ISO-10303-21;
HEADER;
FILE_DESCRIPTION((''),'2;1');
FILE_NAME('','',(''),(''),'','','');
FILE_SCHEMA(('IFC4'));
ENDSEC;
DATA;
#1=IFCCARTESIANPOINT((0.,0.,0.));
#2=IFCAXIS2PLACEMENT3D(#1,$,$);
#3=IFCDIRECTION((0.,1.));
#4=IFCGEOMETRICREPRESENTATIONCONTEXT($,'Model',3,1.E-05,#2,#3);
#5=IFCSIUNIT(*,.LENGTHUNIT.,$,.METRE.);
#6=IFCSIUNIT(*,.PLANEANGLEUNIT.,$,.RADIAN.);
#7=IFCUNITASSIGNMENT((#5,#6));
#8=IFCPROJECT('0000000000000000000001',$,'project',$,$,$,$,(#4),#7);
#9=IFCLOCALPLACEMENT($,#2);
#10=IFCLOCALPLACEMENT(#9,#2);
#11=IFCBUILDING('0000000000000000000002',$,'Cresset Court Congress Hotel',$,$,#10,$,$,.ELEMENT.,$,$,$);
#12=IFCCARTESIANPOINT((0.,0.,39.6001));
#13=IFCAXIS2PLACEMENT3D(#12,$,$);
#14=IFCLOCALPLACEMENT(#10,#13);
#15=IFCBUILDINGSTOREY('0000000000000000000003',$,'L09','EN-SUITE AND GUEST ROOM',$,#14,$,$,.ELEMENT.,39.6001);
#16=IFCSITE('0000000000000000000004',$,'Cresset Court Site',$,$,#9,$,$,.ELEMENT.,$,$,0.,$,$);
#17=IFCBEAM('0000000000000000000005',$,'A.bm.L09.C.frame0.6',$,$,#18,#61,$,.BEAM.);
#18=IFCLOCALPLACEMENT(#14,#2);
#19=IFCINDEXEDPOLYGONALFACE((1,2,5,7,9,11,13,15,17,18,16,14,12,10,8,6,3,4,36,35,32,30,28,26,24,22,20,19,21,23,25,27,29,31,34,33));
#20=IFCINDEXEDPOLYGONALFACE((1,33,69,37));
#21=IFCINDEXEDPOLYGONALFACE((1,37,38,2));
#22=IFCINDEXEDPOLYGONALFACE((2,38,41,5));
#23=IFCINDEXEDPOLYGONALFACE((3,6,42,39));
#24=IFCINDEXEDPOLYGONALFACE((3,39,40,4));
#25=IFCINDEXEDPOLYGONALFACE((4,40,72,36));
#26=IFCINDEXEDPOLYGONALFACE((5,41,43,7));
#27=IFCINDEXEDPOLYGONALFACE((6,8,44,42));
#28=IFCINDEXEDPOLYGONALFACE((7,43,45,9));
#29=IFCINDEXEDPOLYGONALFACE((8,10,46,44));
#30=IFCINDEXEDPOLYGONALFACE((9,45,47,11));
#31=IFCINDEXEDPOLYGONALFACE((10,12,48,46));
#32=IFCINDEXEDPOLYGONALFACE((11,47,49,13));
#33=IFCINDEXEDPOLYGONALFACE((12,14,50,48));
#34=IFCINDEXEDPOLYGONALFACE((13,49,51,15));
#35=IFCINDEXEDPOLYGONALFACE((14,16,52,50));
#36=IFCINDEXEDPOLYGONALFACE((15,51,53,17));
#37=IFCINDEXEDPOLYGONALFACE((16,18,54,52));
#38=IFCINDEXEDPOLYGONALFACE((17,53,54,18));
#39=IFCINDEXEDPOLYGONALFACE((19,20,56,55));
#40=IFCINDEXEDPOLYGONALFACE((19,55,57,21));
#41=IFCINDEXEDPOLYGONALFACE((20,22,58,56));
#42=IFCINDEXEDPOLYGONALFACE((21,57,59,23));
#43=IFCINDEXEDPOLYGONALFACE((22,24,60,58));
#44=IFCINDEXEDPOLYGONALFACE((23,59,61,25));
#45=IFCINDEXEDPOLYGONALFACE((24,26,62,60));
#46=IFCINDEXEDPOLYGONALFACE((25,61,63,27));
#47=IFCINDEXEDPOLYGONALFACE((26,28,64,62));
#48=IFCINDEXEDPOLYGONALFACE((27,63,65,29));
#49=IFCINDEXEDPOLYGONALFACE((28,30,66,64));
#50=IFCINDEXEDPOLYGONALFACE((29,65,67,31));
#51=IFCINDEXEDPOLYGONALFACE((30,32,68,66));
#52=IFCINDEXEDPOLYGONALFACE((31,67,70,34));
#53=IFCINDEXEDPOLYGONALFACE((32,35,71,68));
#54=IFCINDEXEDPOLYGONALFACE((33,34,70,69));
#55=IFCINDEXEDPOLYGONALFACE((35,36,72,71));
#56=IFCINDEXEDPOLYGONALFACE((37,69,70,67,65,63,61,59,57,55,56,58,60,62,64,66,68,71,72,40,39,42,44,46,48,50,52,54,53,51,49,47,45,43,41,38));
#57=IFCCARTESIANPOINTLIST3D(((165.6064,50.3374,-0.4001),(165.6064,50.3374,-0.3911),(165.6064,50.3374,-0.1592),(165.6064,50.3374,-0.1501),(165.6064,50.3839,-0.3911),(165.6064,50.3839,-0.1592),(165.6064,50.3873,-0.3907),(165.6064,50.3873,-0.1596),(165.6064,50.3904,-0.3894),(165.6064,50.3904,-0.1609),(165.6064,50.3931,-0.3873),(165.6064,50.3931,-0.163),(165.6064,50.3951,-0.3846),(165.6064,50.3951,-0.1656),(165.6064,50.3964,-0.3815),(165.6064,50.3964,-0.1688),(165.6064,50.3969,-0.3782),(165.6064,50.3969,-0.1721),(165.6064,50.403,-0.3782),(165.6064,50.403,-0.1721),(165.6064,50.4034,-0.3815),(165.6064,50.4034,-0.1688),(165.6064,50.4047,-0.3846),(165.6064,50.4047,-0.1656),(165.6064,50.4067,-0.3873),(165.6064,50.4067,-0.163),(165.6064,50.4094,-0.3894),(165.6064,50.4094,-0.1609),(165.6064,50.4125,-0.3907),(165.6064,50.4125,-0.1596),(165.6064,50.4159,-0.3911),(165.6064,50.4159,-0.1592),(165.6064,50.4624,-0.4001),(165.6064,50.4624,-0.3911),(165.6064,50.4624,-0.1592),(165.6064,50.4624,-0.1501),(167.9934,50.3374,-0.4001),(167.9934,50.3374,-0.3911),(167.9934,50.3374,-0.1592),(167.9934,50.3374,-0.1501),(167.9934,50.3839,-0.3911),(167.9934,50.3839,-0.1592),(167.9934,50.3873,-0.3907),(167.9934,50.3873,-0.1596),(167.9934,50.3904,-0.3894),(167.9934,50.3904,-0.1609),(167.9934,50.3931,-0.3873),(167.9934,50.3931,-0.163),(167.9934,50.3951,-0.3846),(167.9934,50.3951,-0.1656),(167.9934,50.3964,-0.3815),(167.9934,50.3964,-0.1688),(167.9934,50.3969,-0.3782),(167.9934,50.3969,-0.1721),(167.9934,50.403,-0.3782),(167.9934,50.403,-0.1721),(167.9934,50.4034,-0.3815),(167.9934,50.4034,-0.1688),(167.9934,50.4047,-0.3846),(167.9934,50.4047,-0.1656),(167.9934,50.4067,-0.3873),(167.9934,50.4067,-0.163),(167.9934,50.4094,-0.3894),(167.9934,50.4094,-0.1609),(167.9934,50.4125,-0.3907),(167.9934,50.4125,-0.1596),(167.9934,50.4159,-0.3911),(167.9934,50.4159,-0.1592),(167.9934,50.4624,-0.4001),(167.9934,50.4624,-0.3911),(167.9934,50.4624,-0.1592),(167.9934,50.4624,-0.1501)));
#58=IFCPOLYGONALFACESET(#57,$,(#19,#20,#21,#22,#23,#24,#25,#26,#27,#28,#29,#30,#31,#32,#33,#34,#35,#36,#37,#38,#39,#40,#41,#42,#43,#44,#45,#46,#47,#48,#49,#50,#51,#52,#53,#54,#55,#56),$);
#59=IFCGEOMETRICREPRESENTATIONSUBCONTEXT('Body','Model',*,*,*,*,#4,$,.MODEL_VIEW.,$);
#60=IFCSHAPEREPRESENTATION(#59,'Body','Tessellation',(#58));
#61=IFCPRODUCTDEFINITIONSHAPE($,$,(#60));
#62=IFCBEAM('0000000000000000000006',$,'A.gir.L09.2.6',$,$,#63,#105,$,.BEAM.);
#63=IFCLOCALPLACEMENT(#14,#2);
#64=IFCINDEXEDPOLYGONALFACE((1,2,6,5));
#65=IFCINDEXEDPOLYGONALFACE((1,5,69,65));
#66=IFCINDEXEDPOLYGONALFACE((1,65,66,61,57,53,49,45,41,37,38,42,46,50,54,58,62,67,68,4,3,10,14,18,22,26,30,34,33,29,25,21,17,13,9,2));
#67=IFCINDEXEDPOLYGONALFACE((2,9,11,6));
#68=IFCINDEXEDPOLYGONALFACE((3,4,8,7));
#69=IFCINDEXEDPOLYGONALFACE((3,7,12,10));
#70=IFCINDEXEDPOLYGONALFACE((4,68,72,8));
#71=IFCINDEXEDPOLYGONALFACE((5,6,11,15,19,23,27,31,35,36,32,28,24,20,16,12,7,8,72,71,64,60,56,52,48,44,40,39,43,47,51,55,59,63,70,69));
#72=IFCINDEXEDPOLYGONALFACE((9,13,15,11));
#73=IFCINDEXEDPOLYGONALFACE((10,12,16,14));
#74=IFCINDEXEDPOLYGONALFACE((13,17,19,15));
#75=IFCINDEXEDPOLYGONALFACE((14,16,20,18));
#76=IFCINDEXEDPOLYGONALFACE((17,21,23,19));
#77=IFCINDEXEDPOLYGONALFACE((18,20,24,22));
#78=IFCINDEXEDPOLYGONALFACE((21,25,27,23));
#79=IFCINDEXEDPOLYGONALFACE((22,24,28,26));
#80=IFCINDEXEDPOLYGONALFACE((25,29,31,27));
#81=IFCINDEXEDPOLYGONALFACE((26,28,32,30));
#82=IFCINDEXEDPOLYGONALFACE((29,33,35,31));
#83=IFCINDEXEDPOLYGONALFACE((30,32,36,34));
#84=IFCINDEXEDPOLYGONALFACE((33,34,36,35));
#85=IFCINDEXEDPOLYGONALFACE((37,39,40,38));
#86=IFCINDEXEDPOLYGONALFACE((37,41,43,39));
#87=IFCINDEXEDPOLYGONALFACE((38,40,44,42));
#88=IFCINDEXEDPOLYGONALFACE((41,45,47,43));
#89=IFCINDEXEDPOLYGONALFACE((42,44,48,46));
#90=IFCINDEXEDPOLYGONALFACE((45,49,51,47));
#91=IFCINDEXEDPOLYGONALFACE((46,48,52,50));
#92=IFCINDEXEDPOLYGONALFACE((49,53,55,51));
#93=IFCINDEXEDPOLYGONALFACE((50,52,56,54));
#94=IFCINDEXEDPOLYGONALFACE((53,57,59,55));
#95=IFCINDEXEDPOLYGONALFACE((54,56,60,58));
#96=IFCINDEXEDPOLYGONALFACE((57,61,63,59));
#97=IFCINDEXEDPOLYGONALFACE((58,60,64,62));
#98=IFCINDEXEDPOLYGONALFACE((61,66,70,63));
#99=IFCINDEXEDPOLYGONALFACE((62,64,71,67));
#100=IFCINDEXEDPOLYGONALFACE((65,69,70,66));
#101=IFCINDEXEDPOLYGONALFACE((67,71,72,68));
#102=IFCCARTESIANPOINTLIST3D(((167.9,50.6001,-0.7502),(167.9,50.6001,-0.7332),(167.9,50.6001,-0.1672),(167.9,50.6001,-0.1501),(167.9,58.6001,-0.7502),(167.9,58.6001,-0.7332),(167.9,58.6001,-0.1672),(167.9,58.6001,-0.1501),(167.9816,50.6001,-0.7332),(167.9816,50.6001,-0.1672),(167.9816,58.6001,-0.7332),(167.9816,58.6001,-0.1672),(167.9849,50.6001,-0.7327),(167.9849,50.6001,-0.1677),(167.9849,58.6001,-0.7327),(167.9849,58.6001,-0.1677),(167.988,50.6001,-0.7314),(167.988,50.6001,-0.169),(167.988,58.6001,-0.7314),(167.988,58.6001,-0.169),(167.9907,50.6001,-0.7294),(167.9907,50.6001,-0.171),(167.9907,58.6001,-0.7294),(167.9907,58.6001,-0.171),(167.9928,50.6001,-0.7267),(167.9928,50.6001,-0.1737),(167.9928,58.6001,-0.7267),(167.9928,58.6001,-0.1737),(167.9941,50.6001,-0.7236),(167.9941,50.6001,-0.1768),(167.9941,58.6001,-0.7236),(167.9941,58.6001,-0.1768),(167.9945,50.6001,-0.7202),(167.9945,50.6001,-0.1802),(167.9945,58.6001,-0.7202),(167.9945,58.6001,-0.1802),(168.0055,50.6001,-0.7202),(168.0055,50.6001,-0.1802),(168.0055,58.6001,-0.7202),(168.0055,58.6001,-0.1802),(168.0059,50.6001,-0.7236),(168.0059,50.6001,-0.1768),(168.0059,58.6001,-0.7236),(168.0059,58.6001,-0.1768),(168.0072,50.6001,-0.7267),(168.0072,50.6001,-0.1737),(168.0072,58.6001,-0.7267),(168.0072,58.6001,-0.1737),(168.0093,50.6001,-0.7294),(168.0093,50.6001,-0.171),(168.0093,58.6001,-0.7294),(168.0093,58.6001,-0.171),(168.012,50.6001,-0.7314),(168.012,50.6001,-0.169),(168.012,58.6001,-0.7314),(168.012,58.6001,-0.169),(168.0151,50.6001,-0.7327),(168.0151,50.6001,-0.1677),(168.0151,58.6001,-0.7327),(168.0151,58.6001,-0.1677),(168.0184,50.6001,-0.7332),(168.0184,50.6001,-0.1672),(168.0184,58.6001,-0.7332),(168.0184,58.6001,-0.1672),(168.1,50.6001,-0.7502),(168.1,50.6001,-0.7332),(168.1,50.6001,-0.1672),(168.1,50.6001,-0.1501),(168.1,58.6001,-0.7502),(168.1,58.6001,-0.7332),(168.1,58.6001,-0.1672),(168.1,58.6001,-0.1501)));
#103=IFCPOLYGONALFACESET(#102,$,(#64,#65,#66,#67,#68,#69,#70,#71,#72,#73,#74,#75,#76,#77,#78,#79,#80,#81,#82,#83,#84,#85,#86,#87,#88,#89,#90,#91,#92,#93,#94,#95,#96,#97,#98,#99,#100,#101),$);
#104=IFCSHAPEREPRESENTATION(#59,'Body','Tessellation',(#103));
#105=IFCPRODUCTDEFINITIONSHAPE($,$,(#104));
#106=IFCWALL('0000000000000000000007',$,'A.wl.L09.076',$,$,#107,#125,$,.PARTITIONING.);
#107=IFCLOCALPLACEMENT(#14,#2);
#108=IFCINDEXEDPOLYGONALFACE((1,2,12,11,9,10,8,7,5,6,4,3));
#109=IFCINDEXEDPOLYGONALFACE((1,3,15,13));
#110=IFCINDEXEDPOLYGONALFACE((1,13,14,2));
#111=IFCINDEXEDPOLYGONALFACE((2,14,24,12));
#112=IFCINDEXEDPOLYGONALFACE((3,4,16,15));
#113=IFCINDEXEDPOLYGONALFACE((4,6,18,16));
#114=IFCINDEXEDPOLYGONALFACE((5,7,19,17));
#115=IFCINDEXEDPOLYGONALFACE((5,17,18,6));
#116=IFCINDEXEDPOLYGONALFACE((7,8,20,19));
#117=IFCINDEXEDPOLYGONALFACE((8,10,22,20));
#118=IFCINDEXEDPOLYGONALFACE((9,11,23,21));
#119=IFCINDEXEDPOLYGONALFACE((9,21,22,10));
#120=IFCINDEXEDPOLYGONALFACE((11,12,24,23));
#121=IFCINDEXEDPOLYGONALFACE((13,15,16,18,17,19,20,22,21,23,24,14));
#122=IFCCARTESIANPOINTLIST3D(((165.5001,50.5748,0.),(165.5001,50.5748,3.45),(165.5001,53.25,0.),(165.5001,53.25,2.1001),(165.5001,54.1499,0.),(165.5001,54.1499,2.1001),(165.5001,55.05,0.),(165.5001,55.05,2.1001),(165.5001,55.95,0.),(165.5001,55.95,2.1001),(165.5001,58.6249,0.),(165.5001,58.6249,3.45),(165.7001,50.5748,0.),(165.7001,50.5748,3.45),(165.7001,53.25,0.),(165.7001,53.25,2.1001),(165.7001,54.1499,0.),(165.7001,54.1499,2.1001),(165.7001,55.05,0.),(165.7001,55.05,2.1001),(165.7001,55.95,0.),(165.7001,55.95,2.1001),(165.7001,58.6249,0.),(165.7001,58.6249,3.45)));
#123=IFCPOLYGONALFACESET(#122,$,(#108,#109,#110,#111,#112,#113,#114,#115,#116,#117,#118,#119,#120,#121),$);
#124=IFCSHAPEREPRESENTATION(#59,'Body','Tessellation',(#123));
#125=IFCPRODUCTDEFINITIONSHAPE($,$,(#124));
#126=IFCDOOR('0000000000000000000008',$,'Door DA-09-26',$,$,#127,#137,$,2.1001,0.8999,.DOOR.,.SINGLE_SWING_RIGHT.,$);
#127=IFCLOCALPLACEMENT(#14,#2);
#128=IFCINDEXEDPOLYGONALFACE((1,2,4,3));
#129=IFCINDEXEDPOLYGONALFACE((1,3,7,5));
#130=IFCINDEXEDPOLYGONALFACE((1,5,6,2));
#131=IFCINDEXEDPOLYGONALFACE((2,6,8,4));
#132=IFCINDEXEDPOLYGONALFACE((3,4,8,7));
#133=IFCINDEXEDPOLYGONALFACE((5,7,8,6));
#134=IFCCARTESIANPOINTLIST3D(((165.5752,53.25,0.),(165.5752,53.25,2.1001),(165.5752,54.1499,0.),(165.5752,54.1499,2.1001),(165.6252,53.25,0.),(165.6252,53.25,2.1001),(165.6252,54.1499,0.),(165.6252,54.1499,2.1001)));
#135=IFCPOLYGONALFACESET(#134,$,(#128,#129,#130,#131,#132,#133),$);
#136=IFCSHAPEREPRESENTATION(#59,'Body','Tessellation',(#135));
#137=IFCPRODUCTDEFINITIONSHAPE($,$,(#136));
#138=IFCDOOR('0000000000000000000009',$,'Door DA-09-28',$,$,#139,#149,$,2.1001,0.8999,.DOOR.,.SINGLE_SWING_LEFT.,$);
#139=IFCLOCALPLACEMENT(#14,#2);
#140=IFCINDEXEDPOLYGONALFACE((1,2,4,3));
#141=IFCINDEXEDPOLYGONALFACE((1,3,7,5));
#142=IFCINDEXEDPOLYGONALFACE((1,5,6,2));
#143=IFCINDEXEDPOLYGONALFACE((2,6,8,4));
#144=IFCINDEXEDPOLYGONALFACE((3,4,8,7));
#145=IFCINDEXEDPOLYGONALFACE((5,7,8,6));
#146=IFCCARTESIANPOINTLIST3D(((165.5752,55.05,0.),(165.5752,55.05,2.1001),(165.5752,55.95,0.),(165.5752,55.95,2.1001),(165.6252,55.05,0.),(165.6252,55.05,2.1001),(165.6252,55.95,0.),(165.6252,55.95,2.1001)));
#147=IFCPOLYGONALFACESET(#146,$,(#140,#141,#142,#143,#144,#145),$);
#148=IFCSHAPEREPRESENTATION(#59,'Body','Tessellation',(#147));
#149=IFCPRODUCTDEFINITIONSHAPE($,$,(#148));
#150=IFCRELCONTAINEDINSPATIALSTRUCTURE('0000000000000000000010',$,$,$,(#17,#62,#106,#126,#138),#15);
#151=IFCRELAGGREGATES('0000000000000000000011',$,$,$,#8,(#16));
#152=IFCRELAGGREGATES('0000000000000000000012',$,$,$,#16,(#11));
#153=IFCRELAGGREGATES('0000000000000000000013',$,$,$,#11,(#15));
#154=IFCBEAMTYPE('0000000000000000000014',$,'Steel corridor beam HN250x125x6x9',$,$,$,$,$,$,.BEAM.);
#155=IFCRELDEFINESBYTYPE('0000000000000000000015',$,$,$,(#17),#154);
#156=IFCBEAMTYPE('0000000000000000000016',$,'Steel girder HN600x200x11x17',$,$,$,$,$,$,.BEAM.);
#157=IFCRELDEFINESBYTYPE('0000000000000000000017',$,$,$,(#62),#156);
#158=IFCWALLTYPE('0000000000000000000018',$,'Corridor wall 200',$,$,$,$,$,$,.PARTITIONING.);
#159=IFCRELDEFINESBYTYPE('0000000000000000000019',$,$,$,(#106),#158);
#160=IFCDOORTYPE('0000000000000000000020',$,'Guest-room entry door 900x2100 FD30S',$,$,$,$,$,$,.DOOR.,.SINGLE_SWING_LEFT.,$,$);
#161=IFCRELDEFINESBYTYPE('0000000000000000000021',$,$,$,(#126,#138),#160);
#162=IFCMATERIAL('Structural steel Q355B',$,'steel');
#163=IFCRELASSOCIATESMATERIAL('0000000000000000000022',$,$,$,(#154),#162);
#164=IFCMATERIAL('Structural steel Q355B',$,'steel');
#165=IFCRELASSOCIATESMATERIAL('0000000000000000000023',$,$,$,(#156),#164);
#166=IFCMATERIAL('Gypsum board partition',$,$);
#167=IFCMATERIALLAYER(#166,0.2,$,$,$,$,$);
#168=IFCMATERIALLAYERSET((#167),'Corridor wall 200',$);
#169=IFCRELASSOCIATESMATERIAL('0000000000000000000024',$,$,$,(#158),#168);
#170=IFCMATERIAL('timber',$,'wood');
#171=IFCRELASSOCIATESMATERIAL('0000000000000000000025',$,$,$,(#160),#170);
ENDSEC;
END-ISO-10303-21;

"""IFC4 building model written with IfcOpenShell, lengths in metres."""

from ifc_helpers import new_model, si_unit, direction, frame, frame_2d, origin, origin_2d, place, context, subcontext, project, spatial, rectangle, i_section, extrude, material, layer, layer_set, material_profile, profile_set, type_object, element, fill, save


model = new_model("IFC4")

# Units and contexts
model_context = context("Model", 3, precision=1e-05, world=origin(), true_north=direction((0.0, 1.0)))
body_context = subcontext(model_context, "Body", "Model", "MODEL_VIEW")
ifc_project = project(units=[si_unit("LENGTHUNIT", "METRE"), si_unit("PLANEANGLEUNIT", "RADIAN")], contexts=[model_context])

# Site, building, storey
site_placement = place(None, origin())
site = spatial("IfcSite", under=ifc_project, at=site_placement, Name="Cresset Court Site", CompositionType="ELEMENT", RefElevation=0.0)
building_placement = place(site_placement, origin())
building = spatial("IfcBuilding", under=site, at=building_placement, Name="Cresset Court Congress Hotel", CompositionType="ELEMENT")
storey_placement = place(building_placement, frame((0.0, 0.0, 39.6001)))
storey = spatial("IfcBuildingStorey", under=building, at=storey_placement, Name="L09", Description="EN-SUITE AND GUEST ROOM", CompositionType="ELEMENT", Elevation=39.6001)

# Beams
ifc_material_1 = material(Name="Structural steel Q355B", Category="steel")
ifc_material_profile_1 = material_profile(ifc_material_1, i_section(OverallWidth=0.125, OverallDepth=0.25, WebThickness=0.0061, FlangeThickness=0.009, FilletRadius=0.0129, at=origin_2d()), Name="HN250x125x6x9")
ifc_profile_set_1 = profile_set([ifc_material_profile_1], Name="Structural steel Q355B")
beam_type_1 = type_object("IfcBeamType", Name="Steel corridor beam HN250x125x6x9", PredefinedType="BEAM", material=ifc_profile_set_1)
beam_1_placement = place(storey_placement, frame((165.6064, 50.3999, -0.2751), z_axis=(1.0, 0.0, 0.0), x_axis=(0.0, 1.0, 0.0)))
element("IfcBeam", 1, at=beam_1_placement, inside=storey, type_object=beam_type_1, Name="A.bm.L09.C.frame0.6", PredefinedType="BEAM", context=body_context, shape_type="SweptSolid", body=[
    extrude(i_section(OverallWidth=0.125, OverallDepth=0.25, WebThickness=0.0061, FlangeThickness=0.009, FilletRadius=0.0129, at=origin_2d()), origin(), (0.0, 0.0, 1.0), 2.387),
])
ifc_material_2 = material(Name="Structural steel Q355B", Category="steel")
ifc_material_profile_2 = material_profile(ifc_material_2, i_section(OverallWidth=0.2, OverallDepth=0.6001, WebThickness=0.011, FlangeThickness=0.0171, FilletRadius=0.0129, at=origin_2d()), Name="HN600x200x11x17")
ifc_profile_set_2 = profile_set([ifc_material_profile_2], Name="Structural steel Q355B")
beam_type_2 = type_object("IfcBeamType", Name="Steel girder HN600x200x11x17", PredefinedType="BEAM", material=ifc_profile_set_2)
beam_2_placement = place(storey_placement, frame((168.0, 50.6001, -0.4502), z_axis=(0.0, 1.0, 0.0), x_axis=(-1.0, 0.0, 0.0)))
element("IfcBeam", 2, at=beam_2_placement, inside=storey, type_object=beam_type_2, Name="A.gir.L09.2.6", PredefinedType="BEAM", context=body_context, shape_type="SweptSolid", body=[
    extrude(i_section(OverallWidth=0.2, OverallDepth=0.6001, WebThickness=0.011, FlangeThickness=0.0171, FilletRadius=0.0129, at=origin_2d()), origin(), (0.0, 0.0, 1.0), 8.0),
])

# Wall, openings, doors
ifc_material_3 = material(Name="Gypsum board partition")
ifc_layer_1 = layer(ifc_material_3, 0.2)
ifc_layer_set_1 = layer_set([ifc_layer_1], Name="Corridor wall 200")
wall_type_1 = type_object("IfcWallType", Name="Corridor wall 200", PredefinedType="PARTITIONING", material=ifc_layer_set_1)
wall_1_placement = place(storey_placement, frame((165.6001, 50.575, 0.0), z_axis=(0.0, 0.0, 1.0), x_axis=(0.0, 1.0, 0.0)))
wall_1 = element("IfcWall", 3, at=wall_1_placement, inside=storey, type_object=wall_type_1, Name="A.wl.L09.076", PredefinedType="PARTITIONING", context=body_context, shape_type="SweptSolid", body=[
    extrude(rectangle(XDim=8.05, YDim=0.2, at=frame_2d((4.0249, 0.0))), origin(), (0.0, 0.0, 1.0), 3.45),
])
opening_1_placement = place(wall_1_placement, frame((2.675, 0.0, 0.0)))
opening_1 = element("IfcOpeningElement", 4, at=opening_1_placement, cuts=wall_1, PredefinedType="OPENING", context=body_context, shape_type="SweptSolid", body=[
    extrude(rectangle(XDim=0.8999, YDim=2.1001, at=frame_2d((0.45, 1.05))), frame((0.0, 0.1099, 0.0), z_axis=(0.0, -1.0, 0.0), x_axis=(1.0, 0.0, 0.0)), (0.0, 0.0, 1.0), 0.22),
])
opening_2_placement = place(wall_1_placement, frame((4.4751, 0.0, 0.0)))
opening_2 = element("IfcOpeningElement", 5, at=opening_2_placement, cuts=wall_1, PredefinedType="OPENING", context=body_context, shape_type="SweptSolid", body=[
    extrude(rectangle(XDim=0.8999, YDim=2.1001, at=frame_2d((0.45, 1.05))), frame((0.0, 0.1099, 0.0), z_axis=(0.0, -1.0, 0.0), x_axis=(1.0, 0.0, 0.0)), (0.0, 0.0, 1.0), 0.22),
])
ifc_material_4 = material(Name="timber", Category="wood")
door_type = type_object("IfcDoorType", Name="Guest-room entry door 900x2100 FD30S", OperationType="SINGLE_SWING_LEFT", PredefinedType="DOOR", material=ifc_material_4)
door_1_placement = place(opening_1_placement, origin())
door_1 = element("IfcDoor", 6, at=door_1_placement, inside=storey, type_object=door_type, Name="Door DA-09-26", OperationType="SINGLE_SWING_RIGHT", OverallHeight=2.1001, OverallWidth=0.8999, PredefinedType="DOOR", context=body_context, shape_type="SweptSolid", body=[
    extrude(rectangle(XDim=0.8999, YDim=2.1001, at=frame_2d((0.45, 1.05))), frame((0.0, 0.0249, 0.0), z_axis=(0.0, -1.0, 0.0), x_axis=(1.0, 0.0, 0.0)), (0.0, 0.0, 1.0), 0.05),
])
fill(opening_1, door_1)
door_2_placement = place(opening_2_placement, origin())
door_2 = element("IfcDoor", 7, at=door_2_placement, inside=storey, type_object=door_type, Name="Door DA-09-28", OperationType="SINGLE_SWING_LEFT", OverallHeight=2.1001, OverallWidth=0.8999, PredefinedType="DOOR", context=body_context, shape_type="SweptSolid", body=[
    extrude(rectangle(XDim=0.8999, YDim=2.1001, at=frame_2d((0.45, 1.05))), frame((0.0, 0.0249, 0.0), z_axis=(0.0, -1.0, 0.0), x_axis=(1.0, 0.0, 0.0)), (0.0, 0.0, 1.0), 0.05),
])
fill(opening_2, door_2)

save(model, "model.ifc")
